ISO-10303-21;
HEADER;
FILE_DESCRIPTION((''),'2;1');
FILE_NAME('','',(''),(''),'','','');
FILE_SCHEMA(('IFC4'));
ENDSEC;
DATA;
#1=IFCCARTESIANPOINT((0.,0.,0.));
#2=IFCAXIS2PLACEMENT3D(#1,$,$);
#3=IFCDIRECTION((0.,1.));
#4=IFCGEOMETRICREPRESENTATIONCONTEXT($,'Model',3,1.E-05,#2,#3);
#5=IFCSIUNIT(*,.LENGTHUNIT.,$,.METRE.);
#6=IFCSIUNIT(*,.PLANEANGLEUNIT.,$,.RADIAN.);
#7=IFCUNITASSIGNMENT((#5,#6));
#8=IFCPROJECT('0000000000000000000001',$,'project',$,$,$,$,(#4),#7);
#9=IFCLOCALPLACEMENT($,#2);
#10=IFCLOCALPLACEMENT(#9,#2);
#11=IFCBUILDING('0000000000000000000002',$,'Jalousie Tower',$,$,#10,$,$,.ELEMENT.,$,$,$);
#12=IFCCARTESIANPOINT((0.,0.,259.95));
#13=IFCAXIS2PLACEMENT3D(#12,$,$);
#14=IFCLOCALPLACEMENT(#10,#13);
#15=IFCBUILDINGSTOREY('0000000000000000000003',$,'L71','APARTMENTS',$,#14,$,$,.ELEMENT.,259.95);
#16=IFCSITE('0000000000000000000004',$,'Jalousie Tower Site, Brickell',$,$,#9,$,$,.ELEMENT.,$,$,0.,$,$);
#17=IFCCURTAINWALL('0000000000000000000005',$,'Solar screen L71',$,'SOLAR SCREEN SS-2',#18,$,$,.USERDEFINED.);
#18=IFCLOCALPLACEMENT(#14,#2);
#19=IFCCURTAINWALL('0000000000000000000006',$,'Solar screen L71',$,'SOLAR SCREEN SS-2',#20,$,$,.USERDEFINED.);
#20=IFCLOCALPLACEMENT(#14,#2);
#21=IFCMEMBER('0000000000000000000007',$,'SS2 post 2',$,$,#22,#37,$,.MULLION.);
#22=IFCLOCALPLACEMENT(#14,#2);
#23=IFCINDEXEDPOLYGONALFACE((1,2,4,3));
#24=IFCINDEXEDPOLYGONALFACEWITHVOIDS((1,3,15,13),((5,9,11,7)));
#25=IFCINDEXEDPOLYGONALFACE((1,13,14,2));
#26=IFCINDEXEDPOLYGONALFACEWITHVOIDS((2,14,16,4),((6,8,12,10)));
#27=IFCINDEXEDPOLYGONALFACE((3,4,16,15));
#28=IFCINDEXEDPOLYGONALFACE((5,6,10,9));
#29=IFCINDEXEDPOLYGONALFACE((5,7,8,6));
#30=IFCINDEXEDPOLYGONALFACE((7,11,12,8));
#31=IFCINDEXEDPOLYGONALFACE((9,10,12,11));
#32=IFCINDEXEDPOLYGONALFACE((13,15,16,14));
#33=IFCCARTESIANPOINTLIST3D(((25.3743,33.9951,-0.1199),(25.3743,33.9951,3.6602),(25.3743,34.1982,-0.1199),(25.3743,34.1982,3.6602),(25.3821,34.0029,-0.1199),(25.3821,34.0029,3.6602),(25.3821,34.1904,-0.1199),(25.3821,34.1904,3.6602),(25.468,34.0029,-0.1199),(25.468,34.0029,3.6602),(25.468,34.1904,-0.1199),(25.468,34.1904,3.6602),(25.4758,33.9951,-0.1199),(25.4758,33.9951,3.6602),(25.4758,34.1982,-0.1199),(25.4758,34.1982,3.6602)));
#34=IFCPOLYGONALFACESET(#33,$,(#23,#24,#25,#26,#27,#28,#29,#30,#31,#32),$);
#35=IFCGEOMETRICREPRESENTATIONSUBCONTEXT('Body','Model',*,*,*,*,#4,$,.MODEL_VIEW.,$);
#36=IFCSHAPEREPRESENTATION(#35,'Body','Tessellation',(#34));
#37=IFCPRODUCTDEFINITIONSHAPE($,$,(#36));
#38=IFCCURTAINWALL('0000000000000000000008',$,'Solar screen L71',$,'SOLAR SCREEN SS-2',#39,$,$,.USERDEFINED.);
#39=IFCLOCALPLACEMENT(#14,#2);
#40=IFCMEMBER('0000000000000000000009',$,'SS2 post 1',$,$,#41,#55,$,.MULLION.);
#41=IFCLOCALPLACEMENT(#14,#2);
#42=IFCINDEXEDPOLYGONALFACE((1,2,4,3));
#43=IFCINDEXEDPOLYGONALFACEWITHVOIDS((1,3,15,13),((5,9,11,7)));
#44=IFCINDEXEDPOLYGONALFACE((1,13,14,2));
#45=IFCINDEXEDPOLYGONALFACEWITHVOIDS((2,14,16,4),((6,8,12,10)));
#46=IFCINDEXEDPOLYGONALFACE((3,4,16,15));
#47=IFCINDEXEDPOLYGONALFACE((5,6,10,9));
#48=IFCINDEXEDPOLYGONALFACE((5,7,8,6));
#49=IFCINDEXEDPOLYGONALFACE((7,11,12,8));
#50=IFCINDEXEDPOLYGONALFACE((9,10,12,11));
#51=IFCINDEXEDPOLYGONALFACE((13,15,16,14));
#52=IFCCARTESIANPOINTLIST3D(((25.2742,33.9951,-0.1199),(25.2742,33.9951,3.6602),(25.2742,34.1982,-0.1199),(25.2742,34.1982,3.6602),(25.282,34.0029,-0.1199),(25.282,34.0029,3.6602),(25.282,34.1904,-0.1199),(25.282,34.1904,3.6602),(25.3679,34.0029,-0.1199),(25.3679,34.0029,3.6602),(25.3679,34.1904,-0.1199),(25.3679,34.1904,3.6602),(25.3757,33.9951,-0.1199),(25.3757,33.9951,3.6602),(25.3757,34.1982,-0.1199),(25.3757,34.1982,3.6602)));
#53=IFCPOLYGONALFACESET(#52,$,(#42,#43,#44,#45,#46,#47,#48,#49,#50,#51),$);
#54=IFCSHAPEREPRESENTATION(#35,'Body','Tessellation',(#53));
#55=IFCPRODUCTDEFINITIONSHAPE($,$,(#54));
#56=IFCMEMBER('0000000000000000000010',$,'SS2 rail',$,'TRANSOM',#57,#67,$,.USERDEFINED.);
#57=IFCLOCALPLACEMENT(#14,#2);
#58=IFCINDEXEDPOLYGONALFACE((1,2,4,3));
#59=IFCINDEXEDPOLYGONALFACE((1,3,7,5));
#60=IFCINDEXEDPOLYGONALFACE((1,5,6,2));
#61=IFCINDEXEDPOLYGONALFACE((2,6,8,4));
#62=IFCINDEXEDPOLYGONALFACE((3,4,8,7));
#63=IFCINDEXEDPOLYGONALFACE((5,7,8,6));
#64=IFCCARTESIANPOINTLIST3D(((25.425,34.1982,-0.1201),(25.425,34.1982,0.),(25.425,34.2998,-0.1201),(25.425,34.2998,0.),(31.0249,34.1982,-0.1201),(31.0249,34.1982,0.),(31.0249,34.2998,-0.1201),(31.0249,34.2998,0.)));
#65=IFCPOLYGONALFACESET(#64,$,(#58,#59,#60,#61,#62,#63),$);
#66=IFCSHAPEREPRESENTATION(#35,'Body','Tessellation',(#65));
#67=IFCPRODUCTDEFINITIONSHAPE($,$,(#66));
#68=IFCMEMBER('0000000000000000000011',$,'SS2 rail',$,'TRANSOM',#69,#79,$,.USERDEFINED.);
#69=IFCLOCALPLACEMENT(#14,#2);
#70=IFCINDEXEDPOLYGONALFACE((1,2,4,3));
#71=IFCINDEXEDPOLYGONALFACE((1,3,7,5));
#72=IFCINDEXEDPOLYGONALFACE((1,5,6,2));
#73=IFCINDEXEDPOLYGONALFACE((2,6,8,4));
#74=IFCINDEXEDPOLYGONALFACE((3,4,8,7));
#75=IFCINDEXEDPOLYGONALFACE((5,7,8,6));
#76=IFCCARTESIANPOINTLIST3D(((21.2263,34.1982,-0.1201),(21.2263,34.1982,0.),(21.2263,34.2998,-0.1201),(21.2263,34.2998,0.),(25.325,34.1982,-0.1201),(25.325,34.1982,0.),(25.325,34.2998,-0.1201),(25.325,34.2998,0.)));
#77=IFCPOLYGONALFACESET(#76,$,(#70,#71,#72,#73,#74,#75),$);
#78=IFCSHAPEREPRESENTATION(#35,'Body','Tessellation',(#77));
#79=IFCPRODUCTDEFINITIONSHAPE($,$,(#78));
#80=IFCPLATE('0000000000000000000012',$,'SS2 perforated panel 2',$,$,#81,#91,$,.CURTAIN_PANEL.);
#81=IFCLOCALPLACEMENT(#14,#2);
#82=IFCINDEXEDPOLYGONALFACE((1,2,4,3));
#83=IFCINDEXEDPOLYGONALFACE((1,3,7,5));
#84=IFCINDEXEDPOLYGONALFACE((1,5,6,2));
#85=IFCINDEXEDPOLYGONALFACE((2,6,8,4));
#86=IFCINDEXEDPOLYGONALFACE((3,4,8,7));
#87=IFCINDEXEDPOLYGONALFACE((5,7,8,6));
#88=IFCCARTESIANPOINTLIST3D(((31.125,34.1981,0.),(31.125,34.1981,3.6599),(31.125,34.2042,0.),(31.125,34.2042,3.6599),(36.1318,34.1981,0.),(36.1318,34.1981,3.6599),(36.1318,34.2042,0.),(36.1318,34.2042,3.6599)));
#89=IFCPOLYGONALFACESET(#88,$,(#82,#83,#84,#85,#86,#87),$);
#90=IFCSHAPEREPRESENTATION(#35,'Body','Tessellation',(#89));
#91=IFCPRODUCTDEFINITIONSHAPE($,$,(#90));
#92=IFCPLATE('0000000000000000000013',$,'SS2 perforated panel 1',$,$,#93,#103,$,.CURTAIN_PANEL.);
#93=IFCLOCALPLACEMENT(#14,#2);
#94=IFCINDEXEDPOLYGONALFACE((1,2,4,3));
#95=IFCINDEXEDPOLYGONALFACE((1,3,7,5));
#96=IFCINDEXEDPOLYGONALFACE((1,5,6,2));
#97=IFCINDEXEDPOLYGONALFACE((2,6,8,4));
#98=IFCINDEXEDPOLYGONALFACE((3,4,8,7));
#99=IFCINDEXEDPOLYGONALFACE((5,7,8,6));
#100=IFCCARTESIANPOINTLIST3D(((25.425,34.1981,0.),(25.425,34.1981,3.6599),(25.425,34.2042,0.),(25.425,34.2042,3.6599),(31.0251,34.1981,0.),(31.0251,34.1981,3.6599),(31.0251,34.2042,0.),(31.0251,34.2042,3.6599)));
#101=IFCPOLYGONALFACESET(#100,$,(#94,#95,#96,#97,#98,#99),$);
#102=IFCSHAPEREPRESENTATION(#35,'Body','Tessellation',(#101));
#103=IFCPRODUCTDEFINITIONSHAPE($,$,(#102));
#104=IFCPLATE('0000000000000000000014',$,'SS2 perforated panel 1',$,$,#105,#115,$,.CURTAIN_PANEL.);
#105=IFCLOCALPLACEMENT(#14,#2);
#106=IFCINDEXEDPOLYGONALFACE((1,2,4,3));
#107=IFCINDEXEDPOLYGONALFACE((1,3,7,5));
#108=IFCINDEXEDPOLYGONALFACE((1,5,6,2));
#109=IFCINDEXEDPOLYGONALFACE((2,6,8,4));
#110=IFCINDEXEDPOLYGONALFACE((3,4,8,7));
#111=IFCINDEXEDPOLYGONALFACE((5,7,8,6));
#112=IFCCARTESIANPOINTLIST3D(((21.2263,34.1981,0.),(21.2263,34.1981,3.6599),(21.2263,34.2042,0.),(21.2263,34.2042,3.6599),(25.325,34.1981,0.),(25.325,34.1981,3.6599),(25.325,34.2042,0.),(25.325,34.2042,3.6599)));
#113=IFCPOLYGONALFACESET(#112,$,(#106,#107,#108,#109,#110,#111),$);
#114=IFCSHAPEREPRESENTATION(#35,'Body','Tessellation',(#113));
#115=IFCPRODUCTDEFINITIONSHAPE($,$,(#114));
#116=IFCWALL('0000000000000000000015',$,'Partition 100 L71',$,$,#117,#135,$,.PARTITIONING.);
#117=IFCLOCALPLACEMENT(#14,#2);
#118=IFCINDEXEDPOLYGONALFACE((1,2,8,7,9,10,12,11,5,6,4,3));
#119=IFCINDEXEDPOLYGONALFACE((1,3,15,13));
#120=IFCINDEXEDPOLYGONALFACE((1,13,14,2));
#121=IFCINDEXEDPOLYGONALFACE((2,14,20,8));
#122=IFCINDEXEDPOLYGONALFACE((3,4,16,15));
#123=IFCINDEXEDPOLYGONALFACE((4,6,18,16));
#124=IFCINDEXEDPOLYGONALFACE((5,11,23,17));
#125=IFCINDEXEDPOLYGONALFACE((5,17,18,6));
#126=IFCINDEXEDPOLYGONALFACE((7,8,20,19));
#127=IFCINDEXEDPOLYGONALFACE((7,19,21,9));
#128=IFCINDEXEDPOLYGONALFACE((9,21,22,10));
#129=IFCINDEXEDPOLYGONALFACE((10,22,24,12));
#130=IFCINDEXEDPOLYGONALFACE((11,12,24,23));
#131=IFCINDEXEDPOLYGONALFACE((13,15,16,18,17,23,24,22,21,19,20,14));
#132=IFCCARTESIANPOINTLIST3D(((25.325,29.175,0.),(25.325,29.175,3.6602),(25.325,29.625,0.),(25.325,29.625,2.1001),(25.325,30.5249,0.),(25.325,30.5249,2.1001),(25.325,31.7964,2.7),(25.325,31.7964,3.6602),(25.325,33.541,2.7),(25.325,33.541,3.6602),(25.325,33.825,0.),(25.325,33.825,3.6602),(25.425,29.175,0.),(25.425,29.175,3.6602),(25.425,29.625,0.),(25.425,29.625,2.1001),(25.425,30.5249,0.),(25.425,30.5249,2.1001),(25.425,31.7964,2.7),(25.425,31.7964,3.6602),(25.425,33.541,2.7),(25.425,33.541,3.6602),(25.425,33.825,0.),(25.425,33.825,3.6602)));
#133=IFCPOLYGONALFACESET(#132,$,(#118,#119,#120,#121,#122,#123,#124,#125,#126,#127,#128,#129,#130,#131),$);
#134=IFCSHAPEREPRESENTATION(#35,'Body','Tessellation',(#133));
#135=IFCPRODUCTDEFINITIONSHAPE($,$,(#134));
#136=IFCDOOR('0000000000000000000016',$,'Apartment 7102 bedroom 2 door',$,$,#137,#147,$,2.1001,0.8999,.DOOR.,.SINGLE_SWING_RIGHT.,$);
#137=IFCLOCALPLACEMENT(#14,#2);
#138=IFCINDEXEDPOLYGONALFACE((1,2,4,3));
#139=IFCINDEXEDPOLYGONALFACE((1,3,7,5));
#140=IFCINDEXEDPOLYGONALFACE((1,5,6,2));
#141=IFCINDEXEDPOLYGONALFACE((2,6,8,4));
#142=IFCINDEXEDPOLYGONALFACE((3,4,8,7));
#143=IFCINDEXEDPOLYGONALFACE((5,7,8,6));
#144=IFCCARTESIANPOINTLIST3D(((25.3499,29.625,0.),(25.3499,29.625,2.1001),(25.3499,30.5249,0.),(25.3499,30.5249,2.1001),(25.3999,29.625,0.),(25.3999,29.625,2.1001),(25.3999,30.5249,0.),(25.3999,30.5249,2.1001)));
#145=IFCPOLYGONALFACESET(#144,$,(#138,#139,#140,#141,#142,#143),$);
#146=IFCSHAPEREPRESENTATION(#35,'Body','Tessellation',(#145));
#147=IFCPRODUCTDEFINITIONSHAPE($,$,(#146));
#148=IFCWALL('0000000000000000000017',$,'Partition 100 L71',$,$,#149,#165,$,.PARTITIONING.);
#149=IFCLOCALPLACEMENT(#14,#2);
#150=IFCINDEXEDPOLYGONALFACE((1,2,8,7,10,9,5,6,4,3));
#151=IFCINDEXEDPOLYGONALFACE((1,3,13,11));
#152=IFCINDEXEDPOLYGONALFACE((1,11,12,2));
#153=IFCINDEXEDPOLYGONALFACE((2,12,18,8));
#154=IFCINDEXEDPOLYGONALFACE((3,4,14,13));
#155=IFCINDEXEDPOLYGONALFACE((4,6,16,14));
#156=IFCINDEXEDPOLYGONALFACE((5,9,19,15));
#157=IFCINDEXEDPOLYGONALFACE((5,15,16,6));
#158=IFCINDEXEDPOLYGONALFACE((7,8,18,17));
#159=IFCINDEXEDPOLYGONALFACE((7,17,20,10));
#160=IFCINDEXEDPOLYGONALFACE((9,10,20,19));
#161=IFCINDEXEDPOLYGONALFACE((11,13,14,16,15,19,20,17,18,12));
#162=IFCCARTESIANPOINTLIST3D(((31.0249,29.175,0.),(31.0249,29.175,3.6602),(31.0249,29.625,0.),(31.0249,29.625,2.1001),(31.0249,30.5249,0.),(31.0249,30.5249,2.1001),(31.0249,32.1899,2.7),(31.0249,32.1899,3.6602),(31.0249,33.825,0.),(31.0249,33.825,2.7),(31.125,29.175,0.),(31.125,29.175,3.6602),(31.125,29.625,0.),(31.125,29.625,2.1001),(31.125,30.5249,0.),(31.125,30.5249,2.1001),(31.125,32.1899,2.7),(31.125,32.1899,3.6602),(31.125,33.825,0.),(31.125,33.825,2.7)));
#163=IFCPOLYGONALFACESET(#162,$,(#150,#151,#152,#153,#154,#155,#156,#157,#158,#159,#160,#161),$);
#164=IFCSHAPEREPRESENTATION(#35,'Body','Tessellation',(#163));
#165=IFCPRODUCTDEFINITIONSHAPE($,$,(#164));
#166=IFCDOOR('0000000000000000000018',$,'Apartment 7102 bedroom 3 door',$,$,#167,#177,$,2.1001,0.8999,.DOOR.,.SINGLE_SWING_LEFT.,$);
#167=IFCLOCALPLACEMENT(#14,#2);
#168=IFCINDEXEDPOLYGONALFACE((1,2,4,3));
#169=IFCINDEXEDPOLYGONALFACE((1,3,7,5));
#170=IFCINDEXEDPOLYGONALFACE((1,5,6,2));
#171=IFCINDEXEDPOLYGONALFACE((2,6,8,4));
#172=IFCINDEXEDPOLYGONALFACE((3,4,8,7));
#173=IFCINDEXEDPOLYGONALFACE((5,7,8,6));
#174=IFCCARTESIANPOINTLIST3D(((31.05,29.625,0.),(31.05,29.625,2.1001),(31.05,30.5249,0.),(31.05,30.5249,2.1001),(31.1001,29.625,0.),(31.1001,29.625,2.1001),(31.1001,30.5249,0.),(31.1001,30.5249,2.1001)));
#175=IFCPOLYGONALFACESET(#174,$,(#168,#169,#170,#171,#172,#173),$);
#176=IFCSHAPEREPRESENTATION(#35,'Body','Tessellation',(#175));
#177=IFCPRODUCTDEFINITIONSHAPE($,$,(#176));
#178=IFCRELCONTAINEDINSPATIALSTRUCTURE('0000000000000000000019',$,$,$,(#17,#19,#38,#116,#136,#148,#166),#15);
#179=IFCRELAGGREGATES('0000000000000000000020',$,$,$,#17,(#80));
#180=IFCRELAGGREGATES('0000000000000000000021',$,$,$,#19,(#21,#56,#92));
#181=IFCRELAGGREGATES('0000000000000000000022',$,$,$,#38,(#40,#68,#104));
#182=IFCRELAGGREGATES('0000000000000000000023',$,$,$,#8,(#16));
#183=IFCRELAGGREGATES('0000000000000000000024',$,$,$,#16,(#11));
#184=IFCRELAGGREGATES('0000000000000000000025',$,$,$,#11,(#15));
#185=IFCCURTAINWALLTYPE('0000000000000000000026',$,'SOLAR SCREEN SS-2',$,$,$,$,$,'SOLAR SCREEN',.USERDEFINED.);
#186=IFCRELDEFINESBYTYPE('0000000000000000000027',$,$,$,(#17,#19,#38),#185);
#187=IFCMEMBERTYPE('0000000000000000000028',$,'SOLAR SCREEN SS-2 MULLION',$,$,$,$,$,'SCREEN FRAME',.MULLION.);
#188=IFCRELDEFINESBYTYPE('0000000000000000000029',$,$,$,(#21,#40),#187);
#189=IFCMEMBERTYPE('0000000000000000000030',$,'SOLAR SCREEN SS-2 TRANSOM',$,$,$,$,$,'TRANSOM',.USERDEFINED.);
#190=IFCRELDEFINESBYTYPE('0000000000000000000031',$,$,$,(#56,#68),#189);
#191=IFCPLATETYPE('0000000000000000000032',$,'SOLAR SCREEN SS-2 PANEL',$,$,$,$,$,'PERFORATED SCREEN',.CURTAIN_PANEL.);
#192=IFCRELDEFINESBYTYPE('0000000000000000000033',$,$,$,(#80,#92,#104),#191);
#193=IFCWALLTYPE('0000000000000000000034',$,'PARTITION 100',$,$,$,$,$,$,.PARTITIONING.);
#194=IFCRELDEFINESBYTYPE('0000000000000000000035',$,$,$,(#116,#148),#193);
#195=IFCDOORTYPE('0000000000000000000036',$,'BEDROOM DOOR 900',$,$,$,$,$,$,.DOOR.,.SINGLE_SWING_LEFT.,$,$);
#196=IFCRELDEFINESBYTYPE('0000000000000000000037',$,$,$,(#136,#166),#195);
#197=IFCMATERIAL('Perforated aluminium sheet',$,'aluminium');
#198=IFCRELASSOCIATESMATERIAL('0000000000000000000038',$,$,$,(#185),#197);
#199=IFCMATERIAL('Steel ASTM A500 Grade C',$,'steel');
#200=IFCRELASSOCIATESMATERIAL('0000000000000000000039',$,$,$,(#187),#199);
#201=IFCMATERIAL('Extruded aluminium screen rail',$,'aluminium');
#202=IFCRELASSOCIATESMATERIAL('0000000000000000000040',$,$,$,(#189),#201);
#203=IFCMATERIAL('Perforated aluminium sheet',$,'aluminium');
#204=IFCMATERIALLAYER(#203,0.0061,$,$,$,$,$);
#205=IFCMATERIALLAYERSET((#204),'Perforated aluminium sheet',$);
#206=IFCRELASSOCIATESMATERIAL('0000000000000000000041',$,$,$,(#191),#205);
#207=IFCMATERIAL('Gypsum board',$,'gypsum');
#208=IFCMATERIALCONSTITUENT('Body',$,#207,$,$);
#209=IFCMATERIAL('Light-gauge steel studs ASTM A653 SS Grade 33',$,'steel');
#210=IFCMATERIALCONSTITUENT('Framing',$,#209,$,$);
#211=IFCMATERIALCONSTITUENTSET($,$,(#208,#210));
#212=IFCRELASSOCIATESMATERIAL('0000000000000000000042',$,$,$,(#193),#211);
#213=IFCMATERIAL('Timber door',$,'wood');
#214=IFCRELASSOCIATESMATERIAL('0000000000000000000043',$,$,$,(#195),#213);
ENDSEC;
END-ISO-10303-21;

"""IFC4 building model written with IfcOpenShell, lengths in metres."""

from ifc_helpers import new_model, si_unit, direction, frame, frame_2d, origin, origin_2d, place, context, subcontext, project, spatial, polyline, rectangle, hollow_rectangle, outline, extrude, material, layer, layer_set, constituent, constituent_set, material_profile, profile_set, type_object, element, fill, aggregate, save


model = new_model("IFC4")

# Units and contexts
model_context = context("Model", 3, precision=1e-05, world=origin(), true_north=direction((0.0, 1.0)))
body_context = subcontext(model_context, "Body", "Model", "MODEL_VIEW")
ifc_project = project(units=[si_unit("LENGTHUNIT", "METRE"), si_unit("PLANEANGLEUNIT", "RADIAN")], contexts=[model_context])

# Site, building, storey
site_placement = place(None, origin())
site = spatial("IfcSite", under=ifc_project, at=site_placement, Name="Jalousie Tower Site, Brickell", CompositionType="ELEMENT", RefElevation=0.0)
building_placement = place(site_placement, origin())
building = spatial("IfcBuilding", under=site, at=building_placement, Name="Jalousie Tower", CompositionType="ELEMENT")
storey_placement = place(building_placement, frame((0.0, 0.0, 259.95)))
storey = spatial("IfcBuildingStorey", under=building, at=storey_placement, Name="L71", Description="APARTMENTS", CompositionType="ELEMENT", Elevation=259.95)

# Curtain walls, member
ifc_material_1 = material(Name="Perforated aluminium sheet", Category="aluminium")
curtain_wall_type = type_object("IfcCurtainWallType", Name="SOLAR SCREEN SS-2", ElementType="SOLAR SCREEN", PredefinedType="USERDEFINED", material=ifc_material_1)
curtain_wall_1_placement = place(storey_placement, origin())
curtain_wall_1 = element("IfcCurtainWall", 1, at=curtain_wall_1_placement, inside=storey, type_object=curtain_wall_type, Name="Solar screen L71", ObjectType="SOLAR SCREEN SS-2", PredefinedType="USERDEFINED")
ifc_material_2 = material(Name="Steel ASTM A500 Grade C", Category="steel")
ifc_material_profile_1 = material_profile(ifc_material_2, hollow_rectangle(XDim=0.1016, YDim=0.2031, WallThickness=0.0078, at=origin_2d()), Name="HSS8X4X5/16")
ifc_profile_set_1 = profile_set([ifc_material_profile_1], Name="Steel ASTM A500 Grade C")
member_type_1 = type_object("IfcMemberType", Name="SOLAR SCREEN SS-2 MULLION", ElementType="SCREEN FRAME", PredefinedType="MULLION", material=ifc_profile_set_1)
curtain_wall_2_placement = place(storey_placement, origin())
curtain_wall_2 = element("IfcCurtainWall", 2, at=curtain_wall_2_placement, inside=storey, type_object=curtain_wall_type, Name="Solar screen L71", ObjectType="SOLAR SCREEN SS-2", PredefinedType="USERDEFINED")
member_1_placement = place(storey_placement, frame((25.425, 34.0967, -0.1199), z_axis=(0.0, 0.0, 1.0), x_axis=(-1.0, 0.0, 0.0)))
member_1 = element("IfcMember", 3, at=member_1_placement, type_object=member_type_1, Name="SS2 post 2", PredefinedType="MULLION", context=body_context, shape_type="SweptSolid", body=[
    extrude(hollow_rectangle(XDim=0.1016, YDim=0.2031, WallThickness=0.0078, at=origin_2d()), origin(), (0.0, 0.0, 1.0), 3.78),
])

# Curtain wall, member
curtain_wall_3_placement = place(storey_placement, origin())
curtain_wall_3 = element("IfcCurtainWall", 4, at=curtain_wall_3_placement, inside=storey, type_object=curtain_wall_type, Name="Solar screen L71", ObjectType="SOLAR SCREEN SS-2", PredefinedType="USERDEFINED")
member_2_placement = place(storey_placement, frame((25.325, 34.0967, -0.1199), z_axis=(0.0, 0.0, 1.0), x_axis=(-1.0, 0.0, 0.0)))
member_2 = element("IfcMember", 5, at=member_2_placement, type_object=member_type_1, Name="SS2 post 1", PredefinedType="MULLION", context=body_context, shape_type="SweptSolid", body=[
    extrude(hollow_rectangle(XDim=0.1016, YDim=0.2031, WallThickness=0.0078, at=origin_2d()), origin(), (0.0, 0.0, 1.0), 3.78),
])

# Members
ifc_material_3 = material(Name="Extruded aluminium screen rail", Category="aluminium")
ifc_material_profile_2 = material_profile(ifc_material_3, rectangle(XDim=0.1016, YDim=0.1201, at=origin_2d()), Name="RAIL 102x120")
ifc_profile_set_2 = profile_set([ifc_material_profile_2], Name="Extruded aluminium screen rail")
member_type_2 = type_object("IfcMemberType", Name="SOLAR SCREEN SS-2 TRANSOM", ElementType="TRANSOM", PredefinedType="USERDEFINED", material=ifc_profile_set_2)
member_3_placement = place(storey_placement, frame((31.0249, 34.249, -0.0601), z_axis=(-1.0, 0.0, 0.0), x_axis=(0.0, -1.0, 0.0)))
member_3 = element("IfcMember", 6, at=member_3_placement, type_object=member_type_2, Name="SS2 rail", ObjectType="TRANSOM", PredefinedType="USERDEFINED", context=body_context, shape_type="SweptSolid", body=[
    extrude(rectangle(XDim=0.1016, YDim=0.1201, at=origin_2d()), origin(), (0.0, 0.0, 1.0), 5.5999),
])
member_4_placement = place(storey_placement, frame((25.325, 34.249, -0.0601), z_axis=(-1.0, 0.0, 0.0), x_axis=(0.0, -1.0, 0.0)))
member_4 = element("IfcMember", 7, at=member_4_placement, type_object=member_type_2, Name="SS2 rail", ObjectType="TRANSOM", PredefinedType="USERDEFINED", context=body_context, shape_type="SweptSolid", body=[
    extrude(rectangle(XDim=0.1016, YDim=0.1201, at=origin_2d()), origin(), (0.0, 0.0, 1.0), 4.0986),
])

# Plates
ifc_material_4 = material(Name="Perforated aluminium sheet", Category="aluminium")
ifc_layer = layer(ifc_material_4, 0.0061)
ifc_layer_set = layer_set([ifc_layer], Name="Perforated aluminium sheet")
plate_type = type_object("IfcPlateType", Name="SOLAR SCREEN SS-2 PANEL", ElementType="PERFORATED SCREEN", PredefinedType="CURTAIN_PANEL", material=ifc_layer_set)
plate_1_placement = place(storey_placement, frame((33.6284, 34.2012, 0.0), z_axis=(0.0, 0.0, 1.0), x_axis=(-1.0, 0.0, 0.0)))
plate_1 = element("IfcPlate", 8, at=plate_1_placement, type_object=plate_type, Name="SS2 perforated panel 2", PredefinedType="CURTAIN_PANEL", context=body_context, shape_type="SweptSolid", body=[
    extrude(rectangle(XDim=5.0068, YDim=0.0061, at=origin_2d()), origin(), (0.0, 0.0, 1.0), 3.6599),
])
aggregate(curtain_wall_1, [plate_1])
plate_2_placement = place(storey_placement, frame((28.2251, 34.2012, 0.0), z_axis=(0.0, 0.0, 1.0), x_axis=(-1.0, 0.0, 0.0)))
plate_2 = element("IfcPlate", 9, at=plate_2_placement, type_object=plate_type, Name="SS2 perforated panel 1", PredefinedType="CURTAIN_PANEL", context=body_context, shape_type="SweptSolid", body=[
    extrude(rectangle(XDim=5.6001, YDim=0.0061, at=origin_2d()), origin(), (0.0, 0.0, 1.0), 3.6599),
])
aggregate(curtain_wall_2, [member_1, member_3, plate_2])
plate_3_placement = place(storey_placement, frame((23.2756, 34.2012, 0.0), z_axis=(0.0, 0.0, 1.0), x_axis=(-1.0, 0.0, 0.0)))
plate_3 = element("IfcPlate", 10, at=plate_3_placement, type_object=plate_type, Name="SS2 perforated panel 1", PredefinedType="CURTAIN_PANEL", context=body_context, shape_type="SweptSolid", body=[
    extrude(rectangle(XDim=4.0986, YDim=0.0061, at=origin_2d()), origin(), (0.0, 0.0, 1.0), 3.6599),
])
aggregate(curtain_wall_3, [member_2, member_4, plate_3])

# Walls, openings, doors
ifc_material_5 = material(Name="Gypsum board", Category="gypsum")
ifc_constituent_1 = constituent(ifc_material_5, Name="Body")
ifc_material_6 = material(Name="Light-gauge steel studs ASTM A653 SS Grade 33", Category="steel")
ifc_constituent_2 = constituent(ifc_material_6, Name="Framing")
ifc_constituent_set = constituent_set(constituents=[ifc_constituent_1, ifc_constituent_2])
wall_type = type_object("IfcWallType", Name="PARTITION 100", PredefinedType="PARTITIONING", material=ifc_constituent_set)
wall_1_placement = place(storey_placement, frame((25.375, 33.825, 0.0), z_axis=(0.0, 0.0, 1.0), x_axis=(0.0, -1.0, 0.0)))
wall_1 = element("IfcWall", 11, at=wall_1_placement, inside=storey, type_object=wall_type, Name="Partition 100 L71", PredefinedType="PARTITIONING", context=body_context, shape_type="SweptSolid", body=[
    extrude(outline(polyline([(0.0, 0.0), (4.6499, 0.0), (4.6499, 3.6602), (2.0286, 3.6602), (2.0286, 2.7), (0.2839, 2.7), (0.2839, 3.6602), (0.0, 3.6602), (0.0, 0.0)])), frame((0.0, 0.05, 0.0), z_axis=(0.0, -1.0, 0.0), x_axis=(1.0, 0.0, 0.0)), (0.0, 0.0, 1.0), 0.1001),
])
opening_1_placement = place(wall_1_placement, frame((3.3, 0.0, 0.0)))
opening_1 = element("IfcOpeningElement", 12, at=opening_1_placement, cuts=wall_1, PredefinedType="OPENING", context=body_context, shape_type="SweptSolid", body=[
    extrude(rectangle(XDim=0.8999, YDim=2.1001, at=frame_2d((0.45, 1.05))), frame((0.0, 0.0601, 0.0), z_axis=(0.0, -1.0, 0.0), x_axis=(1.0, 0.0, 0.0)), (0.0, 0.0, 1.0), 0.1201),
])
ifc_material_7 = material(Name="Timber door", Category="wood")
door_type = type_object("IfcDoorType", Name="BEDROOM DOOR 900", OperationType="SINGLE_SWING_LEFT", PredefinedType="DOOR", material=ifc_material_7)
door_1_placement = place(opening_1_placement, origin())
door_1 = element("IfcDoor", 13, at=door_1_placement, inside=storey, type_object=door_type, Name="Apartment 7102 bedroom 2 door", OperationType="SINGLE_SWING_RIGHT", OverallHeight=2.1001, OverallWidth=0.8999, PredefinedType="DOOR", context=body_context, shape_type="SweptSolid", body=[
    extrude(rectangle(XDim=0.8999, YDim=2.1001, at=frame_2d((0.45, 1.05))), frame((0.0, 0.0249, 0.0), z_axis=(0.0, -1.0, 0.0), x_axis=(1.0, 0.0, 0.0)), (0.0, 0.0, 1.0), 0.05),
])
fill(opening_1, door_1)
wall_2_placement = place(storey_placement, frame((31.075, 33.825, 0.0), z_axis=(0.0, 0.0, 1.0), x_axis=(0.0, -1.0, 0.0)))
wall_2 = element("IfcWall", 14, at=wall_2_placement, inside=storey, type_object=wall_type, Name="Partition 100 L71", PredefinedType="PARTITIONING", context=body_context, shape_type="SweptSolid", body=[
    extrude(outline(polyline([(0.0, 0.0), (4.6499, 0.0), (4.6499, 3.6602), (1.635, 3.6602), (1.635, 2.7), (0.0, 2.7), (0.0, 3.6602), (0.0, 0.0)])), frame((0.0, 0.05, 0.0), z_axis=(0.0, -1.0, 0.0), x_axis=(1.0, 0.0, 0.0)), (0.0, 0.0, 1.0), 0.1001),
])
opening_2_placement = place(wall_2_placement, frame((3.3, 0.0, 0.0)))
opening_2 = element("IfcOpeningElement", 15, at=opening_2_placement, cuts=wall_2, PredefinedType="OPENING", context=body_context, shape_type="SweptSolid", body=[
    extrude(rectangle(XDim=0.8999, YDim=2.1001, at=frame_2d((0.45, 1.05))), frame((0.0, 0.0601, 0.0), z_axis=(0.0, -1.0, 0.0), x_axis=(1.0, 0.0, 0.0)), (0.0, 0.0, 1.0), 0.1201),
])
door_2_placement = place(opening_2_placement, frame((0.8999, 0.0, 0.0), z_axis=(0.0, 0.0, 1.0), x_axis=(-1.0, 0.0, 0.0)))
door_2 = element("IfcDoor", 16, at=door_2_placement, inside=storey, type_object=door_type, Name="Apartment 7102 bedroom 3 door", OperationType="SINGLE_SWING_LEFT", OverallHeight=2.1001, OverallWidth=0.8999, PredefinedType="DOOR", context=body_context, shape_type="SweptSolid", body=[
    extrude(rectangle(XDim=0.8999, YDim=2.1001, at=frame_2d((0.45, 1.05))), frame((0.0, 0.0249, 0.0), z_axis=(0.0, -1.0, 0.0), x_axis=(1.0, 0.0, 0.0)), (0.0, 0.0, 1.0), 0.05),
])
fill(opening_2, door_2)

save(model, "model.ifc")
